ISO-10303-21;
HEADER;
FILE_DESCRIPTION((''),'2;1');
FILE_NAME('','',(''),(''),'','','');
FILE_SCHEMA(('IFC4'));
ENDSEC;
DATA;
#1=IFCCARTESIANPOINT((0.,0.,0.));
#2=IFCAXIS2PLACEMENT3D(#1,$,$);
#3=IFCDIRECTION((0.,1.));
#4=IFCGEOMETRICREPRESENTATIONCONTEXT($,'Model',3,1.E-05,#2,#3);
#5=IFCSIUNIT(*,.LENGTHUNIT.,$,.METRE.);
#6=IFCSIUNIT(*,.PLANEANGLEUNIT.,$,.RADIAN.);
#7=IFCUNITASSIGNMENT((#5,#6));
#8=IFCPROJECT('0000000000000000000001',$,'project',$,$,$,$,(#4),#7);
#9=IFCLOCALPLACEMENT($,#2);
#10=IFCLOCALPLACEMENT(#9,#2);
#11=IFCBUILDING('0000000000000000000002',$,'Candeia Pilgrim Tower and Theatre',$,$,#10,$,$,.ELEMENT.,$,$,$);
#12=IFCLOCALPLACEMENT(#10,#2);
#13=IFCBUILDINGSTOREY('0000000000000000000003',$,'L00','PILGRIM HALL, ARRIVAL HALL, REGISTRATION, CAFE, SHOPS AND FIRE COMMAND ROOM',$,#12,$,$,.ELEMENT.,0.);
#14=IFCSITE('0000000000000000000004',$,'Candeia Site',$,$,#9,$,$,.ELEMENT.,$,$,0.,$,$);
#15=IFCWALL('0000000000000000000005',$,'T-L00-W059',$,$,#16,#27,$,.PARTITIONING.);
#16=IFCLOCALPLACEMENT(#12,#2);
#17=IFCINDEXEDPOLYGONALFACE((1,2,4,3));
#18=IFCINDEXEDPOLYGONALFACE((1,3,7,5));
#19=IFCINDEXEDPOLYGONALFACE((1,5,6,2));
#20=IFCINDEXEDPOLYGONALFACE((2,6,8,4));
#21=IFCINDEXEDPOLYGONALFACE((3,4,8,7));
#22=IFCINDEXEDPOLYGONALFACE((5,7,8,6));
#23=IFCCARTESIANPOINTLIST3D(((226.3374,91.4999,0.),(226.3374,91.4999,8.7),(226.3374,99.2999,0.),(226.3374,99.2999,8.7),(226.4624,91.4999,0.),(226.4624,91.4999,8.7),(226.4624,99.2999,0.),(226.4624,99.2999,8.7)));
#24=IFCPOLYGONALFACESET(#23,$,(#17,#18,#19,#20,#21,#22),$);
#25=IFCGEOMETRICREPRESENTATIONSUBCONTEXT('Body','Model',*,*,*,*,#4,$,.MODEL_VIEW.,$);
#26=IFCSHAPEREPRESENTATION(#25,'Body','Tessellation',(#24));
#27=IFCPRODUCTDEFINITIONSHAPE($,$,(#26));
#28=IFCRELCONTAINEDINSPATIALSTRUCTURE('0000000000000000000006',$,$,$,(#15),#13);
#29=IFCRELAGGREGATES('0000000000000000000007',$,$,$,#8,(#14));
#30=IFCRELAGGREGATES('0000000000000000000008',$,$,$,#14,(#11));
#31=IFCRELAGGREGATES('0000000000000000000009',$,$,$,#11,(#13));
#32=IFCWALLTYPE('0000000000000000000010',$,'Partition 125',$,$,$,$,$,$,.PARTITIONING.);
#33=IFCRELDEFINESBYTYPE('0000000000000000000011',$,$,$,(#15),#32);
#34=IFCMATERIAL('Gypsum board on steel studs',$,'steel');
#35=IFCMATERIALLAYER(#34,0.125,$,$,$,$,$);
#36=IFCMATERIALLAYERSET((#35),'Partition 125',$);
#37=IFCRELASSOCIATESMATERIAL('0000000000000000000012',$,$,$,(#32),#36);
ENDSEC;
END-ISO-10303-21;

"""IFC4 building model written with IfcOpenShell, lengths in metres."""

from ifc_helpers import new_model, si_unit, direction, frame, frame_2d, origin, place, context, subcontext, project, spatial, rectangle, extrude, material, layer, layer_set, type_object, element, save


model = new_model("IFC4")

# Units and contexts
model_context = context("Model", 3, precision=1e-05, world=origin(), true_north=direction((0.0, 1.0)))
body_context = subcontext(model_context, "Body", "Model", "MODEL_VIEW")
ifc_project = project(units=[si_unit("LENGTHUNIT", "METRE"), si_unit("PLANEANGLEUNIT", "RADIAN")], contexts=[model_context])

# Site, building, storey
site_placement = place(None, origin())
site = spatial("IfcSite", under=ifc_project, at=site_placement, Name="Candeia Site", CompositionType="ELEMENT", RefElevation=0.0)
building_placement = place(site_placement, origin())
building = spatial("IfcBuilding", under=site, at=building_placement, Name="Candeia Pilgrim Tower and Theatre", CompositionType="ELEMENT")
storey_placement = place(building_placement, origin())
storey = spatial("IfcBuildingStorey", under=building, at=storey_placement, Name="L00", Description="PILGRIM HALL, ARRIVAL HALL, REGISTRATION, CAFE, SHOPS AND FIRE COMMAND ROOM", CompositionType="ELEMENT", Elevation=0.0)

# Shared definitions
ifc_material_1 = material(Name="Gypsum board on steel studs", Category="steel")
ifc_layer = layer(ifc_material_1, 0.125)
ifc_layer_set = layer_set([ifc_layer], Name="Partition 125")
wall_type = type_object("IfcWallType", Name="Partition 125", PredefinedType="PARTITIONING", material=ifc_layer_set)

# Wall
wall_1_placement = place(storey_placement, frame((226.3999, 91.5, 0.0), z_axis=(0.0, 0.0, 1.0), x_axis=(0.0, 1.0, 0.0)))
element("IfcWall", 1, at=wall_1_placement, inside=storey, type_object=wall_type, Name="T-L00-W059", PredefinedType="PARTITIONING", context=body_context, shape_type="SweptSolid", body=[
    extrude(rectangle(XDim=7.8, YDim=0.125, at=frame_2d((3.8999, 0.0))), origin(), (0.0, 0.0, 1.0), 8.7),
])

save(model, "model.ifc")
